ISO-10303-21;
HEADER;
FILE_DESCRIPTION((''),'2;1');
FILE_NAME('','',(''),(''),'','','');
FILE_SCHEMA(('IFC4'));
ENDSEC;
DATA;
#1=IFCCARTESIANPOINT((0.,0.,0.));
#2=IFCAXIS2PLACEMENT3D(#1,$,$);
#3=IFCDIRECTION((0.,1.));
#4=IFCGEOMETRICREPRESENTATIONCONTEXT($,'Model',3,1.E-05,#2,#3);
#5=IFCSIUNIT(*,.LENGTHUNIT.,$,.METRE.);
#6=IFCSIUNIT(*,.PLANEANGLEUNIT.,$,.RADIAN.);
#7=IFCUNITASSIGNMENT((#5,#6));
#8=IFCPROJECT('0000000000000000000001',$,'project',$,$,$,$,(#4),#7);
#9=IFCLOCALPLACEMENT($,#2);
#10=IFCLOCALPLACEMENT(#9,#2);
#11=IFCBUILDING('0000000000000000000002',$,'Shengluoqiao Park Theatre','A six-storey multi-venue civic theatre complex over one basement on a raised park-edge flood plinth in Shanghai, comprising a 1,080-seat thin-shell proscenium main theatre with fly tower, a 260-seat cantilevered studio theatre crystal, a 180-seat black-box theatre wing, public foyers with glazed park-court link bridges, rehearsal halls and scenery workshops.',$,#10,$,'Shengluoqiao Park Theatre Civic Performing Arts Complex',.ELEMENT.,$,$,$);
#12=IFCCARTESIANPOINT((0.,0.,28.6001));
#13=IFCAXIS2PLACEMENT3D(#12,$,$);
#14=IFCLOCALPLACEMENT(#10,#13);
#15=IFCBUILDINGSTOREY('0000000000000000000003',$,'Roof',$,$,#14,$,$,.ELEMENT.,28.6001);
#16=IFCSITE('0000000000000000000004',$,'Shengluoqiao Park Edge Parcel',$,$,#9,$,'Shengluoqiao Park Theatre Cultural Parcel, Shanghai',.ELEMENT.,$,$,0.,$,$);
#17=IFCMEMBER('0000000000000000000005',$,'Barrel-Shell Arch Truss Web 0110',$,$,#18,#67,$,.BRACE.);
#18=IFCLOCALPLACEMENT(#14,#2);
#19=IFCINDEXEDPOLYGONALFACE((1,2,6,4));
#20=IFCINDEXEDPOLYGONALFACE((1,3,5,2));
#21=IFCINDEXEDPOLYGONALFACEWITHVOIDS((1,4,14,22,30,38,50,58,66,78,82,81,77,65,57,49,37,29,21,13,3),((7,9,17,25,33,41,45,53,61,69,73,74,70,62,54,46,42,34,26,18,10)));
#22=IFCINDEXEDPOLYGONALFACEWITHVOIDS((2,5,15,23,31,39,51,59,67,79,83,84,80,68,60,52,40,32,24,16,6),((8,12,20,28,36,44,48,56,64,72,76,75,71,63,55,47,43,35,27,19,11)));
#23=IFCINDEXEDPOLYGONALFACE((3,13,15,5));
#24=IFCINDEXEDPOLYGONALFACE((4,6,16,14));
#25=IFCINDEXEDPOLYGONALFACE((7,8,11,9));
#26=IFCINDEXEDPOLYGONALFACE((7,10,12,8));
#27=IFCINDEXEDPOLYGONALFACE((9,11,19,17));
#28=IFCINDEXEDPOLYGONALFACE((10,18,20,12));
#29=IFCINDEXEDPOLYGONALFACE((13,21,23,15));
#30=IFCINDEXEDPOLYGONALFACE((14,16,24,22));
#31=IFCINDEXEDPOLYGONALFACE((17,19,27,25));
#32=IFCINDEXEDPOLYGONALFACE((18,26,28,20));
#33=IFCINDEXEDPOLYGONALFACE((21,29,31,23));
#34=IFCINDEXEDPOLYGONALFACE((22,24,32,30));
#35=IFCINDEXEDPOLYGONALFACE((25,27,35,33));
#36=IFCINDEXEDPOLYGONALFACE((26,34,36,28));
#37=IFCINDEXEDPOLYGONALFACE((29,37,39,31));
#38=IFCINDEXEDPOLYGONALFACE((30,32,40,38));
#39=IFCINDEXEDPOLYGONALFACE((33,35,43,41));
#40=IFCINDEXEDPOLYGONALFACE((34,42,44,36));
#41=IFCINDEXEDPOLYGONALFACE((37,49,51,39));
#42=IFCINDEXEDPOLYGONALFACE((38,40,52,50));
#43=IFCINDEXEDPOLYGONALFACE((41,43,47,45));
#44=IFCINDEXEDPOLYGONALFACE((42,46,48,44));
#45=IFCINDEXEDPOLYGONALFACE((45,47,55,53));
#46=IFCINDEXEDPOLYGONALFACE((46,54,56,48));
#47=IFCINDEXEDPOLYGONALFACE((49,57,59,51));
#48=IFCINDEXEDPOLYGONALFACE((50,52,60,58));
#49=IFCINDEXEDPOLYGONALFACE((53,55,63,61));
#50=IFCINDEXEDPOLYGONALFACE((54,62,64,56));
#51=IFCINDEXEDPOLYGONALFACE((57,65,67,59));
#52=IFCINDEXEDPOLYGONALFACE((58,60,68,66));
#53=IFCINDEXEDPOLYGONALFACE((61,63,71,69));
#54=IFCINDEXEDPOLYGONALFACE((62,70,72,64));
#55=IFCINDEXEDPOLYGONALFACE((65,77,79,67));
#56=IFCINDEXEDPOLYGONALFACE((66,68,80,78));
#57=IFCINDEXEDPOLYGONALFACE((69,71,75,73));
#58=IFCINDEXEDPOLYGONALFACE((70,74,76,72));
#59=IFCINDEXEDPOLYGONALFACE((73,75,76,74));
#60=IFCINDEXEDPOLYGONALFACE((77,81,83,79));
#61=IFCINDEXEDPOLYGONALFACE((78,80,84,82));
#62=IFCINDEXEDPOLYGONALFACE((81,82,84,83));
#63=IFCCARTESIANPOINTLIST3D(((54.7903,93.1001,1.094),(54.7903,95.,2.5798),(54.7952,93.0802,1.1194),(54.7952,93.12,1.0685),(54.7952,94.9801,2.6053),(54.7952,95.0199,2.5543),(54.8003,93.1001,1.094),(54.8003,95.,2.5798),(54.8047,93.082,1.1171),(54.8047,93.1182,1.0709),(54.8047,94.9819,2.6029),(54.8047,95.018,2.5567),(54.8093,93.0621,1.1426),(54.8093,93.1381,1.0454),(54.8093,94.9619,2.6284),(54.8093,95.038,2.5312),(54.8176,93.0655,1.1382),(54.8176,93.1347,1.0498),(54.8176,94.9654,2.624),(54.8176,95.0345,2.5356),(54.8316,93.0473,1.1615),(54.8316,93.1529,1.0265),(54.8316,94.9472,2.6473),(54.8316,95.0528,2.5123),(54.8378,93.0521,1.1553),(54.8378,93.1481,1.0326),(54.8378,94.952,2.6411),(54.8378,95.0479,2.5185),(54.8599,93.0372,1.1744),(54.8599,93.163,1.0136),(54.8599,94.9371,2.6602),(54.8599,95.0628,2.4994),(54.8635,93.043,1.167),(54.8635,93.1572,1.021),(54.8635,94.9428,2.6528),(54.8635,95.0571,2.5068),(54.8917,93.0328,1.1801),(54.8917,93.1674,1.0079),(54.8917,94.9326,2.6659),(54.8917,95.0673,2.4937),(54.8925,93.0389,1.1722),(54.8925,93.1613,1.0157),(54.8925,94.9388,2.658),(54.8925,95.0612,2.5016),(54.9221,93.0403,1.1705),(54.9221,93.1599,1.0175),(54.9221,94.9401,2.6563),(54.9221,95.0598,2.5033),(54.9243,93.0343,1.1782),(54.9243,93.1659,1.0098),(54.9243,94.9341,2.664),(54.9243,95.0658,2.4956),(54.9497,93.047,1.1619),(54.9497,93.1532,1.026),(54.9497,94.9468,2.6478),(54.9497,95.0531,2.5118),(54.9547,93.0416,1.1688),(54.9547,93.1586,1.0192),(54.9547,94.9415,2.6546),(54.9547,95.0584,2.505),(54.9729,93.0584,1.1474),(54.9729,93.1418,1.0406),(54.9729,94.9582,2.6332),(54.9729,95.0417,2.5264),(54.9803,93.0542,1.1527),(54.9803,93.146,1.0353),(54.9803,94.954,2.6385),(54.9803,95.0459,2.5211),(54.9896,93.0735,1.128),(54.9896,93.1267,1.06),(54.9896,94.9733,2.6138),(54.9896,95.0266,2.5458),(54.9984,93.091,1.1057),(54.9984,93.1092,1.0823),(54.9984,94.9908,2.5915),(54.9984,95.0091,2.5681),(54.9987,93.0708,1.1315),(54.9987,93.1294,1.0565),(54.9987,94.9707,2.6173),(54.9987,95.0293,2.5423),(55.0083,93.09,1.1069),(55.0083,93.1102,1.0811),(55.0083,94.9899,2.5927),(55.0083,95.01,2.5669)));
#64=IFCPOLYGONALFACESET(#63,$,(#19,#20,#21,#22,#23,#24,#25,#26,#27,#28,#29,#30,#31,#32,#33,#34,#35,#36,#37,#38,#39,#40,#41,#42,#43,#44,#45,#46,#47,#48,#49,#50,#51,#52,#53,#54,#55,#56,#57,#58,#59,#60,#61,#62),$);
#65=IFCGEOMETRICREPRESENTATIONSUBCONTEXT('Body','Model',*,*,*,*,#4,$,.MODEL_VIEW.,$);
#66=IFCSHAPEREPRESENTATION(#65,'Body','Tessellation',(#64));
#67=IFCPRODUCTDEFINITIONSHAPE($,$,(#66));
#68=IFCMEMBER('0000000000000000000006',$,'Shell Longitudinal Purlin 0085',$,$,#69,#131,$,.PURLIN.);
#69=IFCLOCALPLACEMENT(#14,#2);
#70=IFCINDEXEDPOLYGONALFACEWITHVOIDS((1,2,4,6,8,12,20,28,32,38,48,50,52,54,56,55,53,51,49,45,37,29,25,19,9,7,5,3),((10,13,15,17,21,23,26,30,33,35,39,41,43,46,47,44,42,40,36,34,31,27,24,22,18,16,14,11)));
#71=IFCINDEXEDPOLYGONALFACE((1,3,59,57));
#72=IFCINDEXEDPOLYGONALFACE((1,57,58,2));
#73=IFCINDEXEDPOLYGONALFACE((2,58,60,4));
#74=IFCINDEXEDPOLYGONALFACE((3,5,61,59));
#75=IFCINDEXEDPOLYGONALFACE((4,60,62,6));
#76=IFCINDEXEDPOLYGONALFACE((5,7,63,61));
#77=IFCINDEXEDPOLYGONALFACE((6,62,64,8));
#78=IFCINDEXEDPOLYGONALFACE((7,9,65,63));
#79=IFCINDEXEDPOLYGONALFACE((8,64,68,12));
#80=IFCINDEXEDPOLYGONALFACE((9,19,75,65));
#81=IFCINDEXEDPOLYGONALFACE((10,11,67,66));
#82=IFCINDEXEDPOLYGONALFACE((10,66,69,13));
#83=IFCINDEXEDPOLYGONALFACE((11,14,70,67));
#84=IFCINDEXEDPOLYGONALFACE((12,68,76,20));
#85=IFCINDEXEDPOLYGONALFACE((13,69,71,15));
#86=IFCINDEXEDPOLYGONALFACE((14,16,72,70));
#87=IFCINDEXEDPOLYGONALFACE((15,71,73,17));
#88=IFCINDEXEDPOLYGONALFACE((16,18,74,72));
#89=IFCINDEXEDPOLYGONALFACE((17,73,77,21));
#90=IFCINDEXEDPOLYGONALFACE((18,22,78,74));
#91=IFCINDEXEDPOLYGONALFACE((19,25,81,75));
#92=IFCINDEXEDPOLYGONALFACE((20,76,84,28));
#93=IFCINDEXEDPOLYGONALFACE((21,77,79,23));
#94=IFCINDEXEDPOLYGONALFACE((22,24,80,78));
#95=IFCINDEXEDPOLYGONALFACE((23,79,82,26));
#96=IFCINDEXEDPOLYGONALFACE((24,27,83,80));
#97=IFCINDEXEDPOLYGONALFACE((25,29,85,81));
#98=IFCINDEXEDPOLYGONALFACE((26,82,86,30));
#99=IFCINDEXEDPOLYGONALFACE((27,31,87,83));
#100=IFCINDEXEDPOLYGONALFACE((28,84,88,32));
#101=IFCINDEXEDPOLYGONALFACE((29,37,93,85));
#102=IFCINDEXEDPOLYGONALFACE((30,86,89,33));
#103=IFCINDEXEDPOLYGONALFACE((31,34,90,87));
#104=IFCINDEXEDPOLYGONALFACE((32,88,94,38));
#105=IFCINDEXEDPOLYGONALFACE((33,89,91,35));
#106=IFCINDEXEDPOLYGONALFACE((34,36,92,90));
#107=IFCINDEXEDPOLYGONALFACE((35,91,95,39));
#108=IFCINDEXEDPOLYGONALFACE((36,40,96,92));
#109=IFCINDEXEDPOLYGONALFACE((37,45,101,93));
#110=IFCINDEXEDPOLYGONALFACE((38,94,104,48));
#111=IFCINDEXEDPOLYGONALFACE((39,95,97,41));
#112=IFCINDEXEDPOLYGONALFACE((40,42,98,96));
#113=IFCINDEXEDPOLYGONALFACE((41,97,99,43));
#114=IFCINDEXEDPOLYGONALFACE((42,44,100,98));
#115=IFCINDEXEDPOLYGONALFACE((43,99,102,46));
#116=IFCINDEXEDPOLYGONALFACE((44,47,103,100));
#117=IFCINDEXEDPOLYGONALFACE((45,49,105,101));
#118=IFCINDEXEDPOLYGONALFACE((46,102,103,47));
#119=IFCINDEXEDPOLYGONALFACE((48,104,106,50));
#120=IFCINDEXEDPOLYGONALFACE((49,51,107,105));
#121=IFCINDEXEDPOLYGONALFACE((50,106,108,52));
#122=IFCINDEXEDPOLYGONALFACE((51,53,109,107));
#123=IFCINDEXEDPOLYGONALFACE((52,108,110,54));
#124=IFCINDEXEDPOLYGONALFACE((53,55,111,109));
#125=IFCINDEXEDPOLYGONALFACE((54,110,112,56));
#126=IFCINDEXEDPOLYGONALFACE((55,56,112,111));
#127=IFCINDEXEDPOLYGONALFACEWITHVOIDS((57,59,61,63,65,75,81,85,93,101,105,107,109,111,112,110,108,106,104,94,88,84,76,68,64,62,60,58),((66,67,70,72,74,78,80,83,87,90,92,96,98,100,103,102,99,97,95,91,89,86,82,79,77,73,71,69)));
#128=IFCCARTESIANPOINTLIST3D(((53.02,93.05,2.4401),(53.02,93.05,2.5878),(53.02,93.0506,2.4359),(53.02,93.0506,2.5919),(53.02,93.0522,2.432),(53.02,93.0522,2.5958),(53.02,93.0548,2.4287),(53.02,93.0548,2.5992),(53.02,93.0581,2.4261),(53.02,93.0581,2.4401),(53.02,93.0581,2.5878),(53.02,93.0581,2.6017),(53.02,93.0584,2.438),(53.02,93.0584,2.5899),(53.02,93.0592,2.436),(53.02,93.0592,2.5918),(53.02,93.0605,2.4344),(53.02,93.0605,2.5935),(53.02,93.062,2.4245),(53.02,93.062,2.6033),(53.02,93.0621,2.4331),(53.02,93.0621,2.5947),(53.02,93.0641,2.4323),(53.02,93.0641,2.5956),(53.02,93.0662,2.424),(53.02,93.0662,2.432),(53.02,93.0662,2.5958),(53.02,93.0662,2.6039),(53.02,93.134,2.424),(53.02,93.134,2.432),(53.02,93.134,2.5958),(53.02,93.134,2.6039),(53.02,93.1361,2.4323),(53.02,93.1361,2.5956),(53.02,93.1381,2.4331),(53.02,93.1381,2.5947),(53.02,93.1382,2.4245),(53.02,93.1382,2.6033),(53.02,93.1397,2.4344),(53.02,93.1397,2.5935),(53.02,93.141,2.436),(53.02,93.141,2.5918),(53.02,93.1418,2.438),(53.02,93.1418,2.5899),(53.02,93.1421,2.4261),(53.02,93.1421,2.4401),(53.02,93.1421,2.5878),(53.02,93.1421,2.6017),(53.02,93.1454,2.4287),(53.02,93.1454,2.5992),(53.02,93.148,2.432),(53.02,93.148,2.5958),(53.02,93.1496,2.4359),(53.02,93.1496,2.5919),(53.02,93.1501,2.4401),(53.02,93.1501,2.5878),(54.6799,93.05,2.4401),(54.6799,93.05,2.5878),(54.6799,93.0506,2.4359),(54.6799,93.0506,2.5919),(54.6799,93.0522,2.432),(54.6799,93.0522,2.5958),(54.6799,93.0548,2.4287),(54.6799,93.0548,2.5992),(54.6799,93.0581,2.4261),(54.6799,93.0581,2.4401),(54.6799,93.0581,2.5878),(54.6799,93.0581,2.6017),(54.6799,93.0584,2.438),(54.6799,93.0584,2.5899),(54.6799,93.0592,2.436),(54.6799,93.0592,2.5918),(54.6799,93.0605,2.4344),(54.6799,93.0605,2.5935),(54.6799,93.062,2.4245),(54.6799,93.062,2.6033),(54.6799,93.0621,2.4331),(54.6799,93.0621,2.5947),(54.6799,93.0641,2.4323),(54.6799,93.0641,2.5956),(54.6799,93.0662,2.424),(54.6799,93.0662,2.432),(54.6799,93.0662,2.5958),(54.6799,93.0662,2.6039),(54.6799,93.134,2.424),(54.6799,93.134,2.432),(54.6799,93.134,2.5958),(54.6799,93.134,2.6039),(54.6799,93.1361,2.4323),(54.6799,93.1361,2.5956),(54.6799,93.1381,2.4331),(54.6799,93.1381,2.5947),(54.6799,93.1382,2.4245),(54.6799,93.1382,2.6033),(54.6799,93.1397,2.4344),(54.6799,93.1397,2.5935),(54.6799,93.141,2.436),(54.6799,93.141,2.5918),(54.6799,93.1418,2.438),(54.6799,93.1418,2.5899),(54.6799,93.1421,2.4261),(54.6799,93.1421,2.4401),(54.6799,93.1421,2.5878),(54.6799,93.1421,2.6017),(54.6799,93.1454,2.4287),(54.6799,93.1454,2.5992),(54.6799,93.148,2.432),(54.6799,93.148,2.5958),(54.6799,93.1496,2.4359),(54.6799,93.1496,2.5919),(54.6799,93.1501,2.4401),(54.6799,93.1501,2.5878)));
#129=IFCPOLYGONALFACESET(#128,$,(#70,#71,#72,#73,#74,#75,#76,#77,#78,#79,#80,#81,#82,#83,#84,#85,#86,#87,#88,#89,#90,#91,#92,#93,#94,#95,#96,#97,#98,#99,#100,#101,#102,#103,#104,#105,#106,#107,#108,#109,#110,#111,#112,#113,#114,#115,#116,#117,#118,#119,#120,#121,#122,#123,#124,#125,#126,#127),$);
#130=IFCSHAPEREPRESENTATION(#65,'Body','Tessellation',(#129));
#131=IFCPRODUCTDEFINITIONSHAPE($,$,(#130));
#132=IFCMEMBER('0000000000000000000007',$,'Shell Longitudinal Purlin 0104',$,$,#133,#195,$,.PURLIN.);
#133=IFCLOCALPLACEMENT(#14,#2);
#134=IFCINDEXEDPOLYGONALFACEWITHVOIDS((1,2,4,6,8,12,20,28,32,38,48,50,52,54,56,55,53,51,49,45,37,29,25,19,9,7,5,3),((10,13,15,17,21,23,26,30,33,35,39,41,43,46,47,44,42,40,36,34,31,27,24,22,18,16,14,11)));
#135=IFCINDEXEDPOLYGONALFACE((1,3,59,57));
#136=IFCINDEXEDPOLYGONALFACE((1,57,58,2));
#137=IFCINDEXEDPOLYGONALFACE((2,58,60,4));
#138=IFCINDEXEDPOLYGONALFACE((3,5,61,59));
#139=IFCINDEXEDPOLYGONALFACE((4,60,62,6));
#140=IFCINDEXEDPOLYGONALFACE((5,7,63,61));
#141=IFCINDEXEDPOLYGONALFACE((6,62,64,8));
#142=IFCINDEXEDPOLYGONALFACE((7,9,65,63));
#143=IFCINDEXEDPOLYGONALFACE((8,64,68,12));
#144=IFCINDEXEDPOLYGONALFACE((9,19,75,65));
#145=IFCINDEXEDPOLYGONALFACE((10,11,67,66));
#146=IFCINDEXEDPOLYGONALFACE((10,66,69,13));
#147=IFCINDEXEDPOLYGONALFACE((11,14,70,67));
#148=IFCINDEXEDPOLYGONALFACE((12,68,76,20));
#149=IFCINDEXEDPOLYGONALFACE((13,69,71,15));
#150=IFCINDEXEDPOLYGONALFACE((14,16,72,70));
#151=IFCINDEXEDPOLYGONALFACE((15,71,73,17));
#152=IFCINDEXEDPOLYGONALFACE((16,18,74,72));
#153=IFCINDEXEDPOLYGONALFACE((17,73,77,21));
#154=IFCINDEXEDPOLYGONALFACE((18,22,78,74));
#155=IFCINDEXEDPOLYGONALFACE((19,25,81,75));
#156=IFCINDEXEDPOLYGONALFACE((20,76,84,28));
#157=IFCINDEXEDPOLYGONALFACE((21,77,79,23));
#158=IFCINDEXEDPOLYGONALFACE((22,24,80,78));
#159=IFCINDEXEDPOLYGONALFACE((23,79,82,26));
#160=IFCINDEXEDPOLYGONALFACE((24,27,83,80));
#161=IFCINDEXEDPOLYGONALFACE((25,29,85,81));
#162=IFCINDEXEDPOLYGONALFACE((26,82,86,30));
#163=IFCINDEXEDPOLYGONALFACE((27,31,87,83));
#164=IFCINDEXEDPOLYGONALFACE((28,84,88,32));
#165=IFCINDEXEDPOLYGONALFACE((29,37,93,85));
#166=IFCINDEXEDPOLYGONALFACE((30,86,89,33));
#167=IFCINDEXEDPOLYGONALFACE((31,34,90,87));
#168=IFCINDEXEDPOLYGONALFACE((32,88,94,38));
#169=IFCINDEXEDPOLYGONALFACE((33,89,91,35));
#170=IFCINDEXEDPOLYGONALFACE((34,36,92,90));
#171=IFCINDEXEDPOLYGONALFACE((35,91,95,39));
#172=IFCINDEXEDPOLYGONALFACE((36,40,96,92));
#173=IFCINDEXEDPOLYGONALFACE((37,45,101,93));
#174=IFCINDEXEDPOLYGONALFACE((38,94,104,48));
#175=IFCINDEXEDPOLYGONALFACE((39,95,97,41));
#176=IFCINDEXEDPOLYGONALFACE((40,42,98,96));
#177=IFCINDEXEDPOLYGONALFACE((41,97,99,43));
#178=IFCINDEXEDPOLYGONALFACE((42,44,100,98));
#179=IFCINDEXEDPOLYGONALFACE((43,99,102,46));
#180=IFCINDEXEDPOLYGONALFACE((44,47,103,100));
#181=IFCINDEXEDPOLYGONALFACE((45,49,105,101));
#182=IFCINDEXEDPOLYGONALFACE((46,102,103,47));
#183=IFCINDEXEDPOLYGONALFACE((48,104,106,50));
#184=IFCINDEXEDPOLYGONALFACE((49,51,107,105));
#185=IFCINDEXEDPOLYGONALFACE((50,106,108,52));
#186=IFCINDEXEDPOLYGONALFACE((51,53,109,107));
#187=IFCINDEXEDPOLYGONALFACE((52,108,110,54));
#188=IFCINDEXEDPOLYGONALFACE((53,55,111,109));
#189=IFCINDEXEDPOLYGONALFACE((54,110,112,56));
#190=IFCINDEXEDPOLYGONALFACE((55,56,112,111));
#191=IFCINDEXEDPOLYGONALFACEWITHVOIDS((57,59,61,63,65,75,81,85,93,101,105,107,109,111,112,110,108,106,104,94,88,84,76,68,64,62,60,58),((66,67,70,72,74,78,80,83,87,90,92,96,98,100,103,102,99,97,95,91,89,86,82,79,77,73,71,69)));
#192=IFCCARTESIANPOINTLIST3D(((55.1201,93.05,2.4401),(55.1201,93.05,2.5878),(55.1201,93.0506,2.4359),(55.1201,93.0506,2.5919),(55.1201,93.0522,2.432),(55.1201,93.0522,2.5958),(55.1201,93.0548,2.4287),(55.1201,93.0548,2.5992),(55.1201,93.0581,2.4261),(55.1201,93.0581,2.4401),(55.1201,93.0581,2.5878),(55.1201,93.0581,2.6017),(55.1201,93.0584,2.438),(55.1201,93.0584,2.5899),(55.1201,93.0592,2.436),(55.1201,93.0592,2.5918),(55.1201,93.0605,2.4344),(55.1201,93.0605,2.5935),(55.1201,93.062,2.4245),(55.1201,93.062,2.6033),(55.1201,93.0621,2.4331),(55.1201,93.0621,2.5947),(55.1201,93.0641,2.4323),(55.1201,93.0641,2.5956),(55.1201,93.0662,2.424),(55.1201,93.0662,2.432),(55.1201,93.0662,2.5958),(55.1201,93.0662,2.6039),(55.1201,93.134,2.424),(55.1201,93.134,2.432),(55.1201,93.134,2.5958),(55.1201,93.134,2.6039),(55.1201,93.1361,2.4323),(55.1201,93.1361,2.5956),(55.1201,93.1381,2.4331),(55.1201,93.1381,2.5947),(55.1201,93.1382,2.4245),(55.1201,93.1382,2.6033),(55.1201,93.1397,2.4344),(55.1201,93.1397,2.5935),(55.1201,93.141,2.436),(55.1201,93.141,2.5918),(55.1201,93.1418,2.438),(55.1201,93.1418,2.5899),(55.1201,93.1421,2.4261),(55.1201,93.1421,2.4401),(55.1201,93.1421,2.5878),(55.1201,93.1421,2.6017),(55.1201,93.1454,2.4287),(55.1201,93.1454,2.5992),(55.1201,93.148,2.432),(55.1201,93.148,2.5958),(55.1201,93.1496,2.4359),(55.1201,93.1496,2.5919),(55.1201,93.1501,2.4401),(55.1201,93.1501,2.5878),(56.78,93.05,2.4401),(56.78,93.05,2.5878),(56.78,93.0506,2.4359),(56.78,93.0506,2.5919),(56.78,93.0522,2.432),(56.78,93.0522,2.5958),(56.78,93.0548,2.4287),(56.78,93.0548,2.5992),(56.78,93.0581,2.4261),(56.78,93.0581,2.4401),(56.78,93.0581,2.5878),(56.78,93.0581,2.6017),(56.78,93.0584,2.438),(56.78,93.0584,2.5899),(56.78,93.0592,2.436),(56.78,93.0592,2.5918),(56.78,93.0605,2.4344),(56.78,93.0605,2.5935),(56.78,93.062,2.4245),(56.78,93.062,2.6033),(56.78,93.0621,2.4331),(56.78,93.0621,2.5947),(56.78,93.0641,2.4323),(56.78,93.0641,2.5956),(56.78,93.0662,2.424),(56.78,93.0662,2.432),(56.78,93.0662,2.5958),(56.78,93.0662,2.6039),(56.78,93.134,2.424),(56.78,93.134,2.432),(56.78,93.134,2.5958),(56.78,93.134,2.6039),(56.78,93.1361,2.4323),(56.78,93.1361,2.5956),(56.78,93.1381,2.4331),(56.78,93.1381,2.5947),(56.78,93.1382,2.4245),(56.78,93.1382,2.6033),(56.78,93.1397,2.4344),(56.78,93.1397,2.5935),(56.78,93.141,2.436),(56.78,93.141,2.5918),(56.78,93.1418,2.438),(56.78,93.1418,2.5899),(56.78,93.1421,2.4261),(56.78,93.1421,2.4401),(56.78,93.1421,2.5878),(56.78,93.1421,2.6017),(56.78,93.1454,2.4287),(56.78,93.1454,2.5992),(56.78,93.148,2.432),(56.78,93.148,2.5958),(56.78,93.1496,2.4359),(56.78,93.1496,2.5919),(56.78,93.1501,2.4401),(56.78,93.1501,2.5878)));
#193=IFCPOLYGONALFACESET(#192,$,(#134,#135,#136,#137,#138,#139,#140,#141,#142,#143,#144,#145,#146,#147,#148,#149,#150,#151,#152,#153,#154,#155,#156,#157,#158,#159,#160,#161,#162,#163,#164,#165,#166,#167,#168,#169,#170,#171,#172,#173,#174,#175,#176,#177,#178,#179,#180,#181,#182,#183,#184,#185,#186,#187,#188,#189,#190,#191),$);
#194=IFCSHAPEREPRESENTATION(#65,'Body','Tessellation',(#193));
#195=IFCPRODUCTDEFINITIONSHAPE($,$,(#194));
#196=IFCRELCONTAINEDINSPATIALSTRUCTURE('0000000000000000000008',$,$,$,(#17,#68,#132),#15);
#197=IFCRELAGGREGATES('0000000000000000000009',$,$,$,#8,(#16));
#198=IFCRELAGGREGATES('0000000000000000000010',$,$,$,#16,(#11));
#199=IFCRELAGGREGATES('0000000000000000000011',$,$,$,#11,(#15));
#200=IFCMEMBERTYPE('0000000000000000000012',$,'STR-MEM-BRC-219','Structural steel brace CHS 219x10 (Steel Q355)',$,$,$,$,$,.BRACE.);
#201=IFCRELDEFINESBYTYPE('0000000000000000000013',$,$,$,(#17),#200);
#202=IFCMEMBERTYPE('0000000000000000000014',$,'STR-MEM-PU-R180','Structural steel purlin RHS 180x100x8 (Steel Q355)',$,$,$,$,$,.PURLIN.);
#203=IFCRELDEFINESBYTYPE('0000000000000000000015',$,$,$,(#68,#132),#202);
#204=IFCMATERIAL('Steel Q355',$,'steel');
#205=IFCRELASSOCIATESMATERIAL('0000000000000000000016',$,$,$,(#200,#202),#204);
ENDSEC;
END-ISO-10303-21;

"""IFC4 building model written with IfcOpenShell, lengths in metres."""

from ifc_helpers import new_model, si_unit, direction, frame, origin, origin_2d, place, context, subcontext, project, spatial, hollow_rectangle, hollow_circle, extrude, material, material_profile, profile_set, type_object, element, save


model = new_model("IFC4")

# Units and contexts
model_context = context("Model", 3, precision=1e-05, world=origin(), true_north=direction((0.0, 1.0)))
body_context = subcontext(model_context, "Body", "Model", "MODEL_VIEW")
ifc_project = project(units=[si_unit("LENGTHUNIT", "METRE"), si_unit("PLANEANGLEUNIT", "RADIAN")], contexts=[model_context])

# Site, building, storey
site_placement = place(None, origin())
site = spatial("IfcSite", under=ifc_project, at=site_placement, Name="Shengluoqiao Park Edge Parcel", LongName="Shengluoqiao Park Theatre Cultural Parcel, Shanghai", CompositionType="ELEMENT", RefElevation=0.0)
building_placement = place(site_placement, origin())
building = spatial("IfcBuilding", under=site, at=building_placement, Name="Shengluoqiao Park Theatre", Description="A six-storey multi-venue civic theatre complex over one basement on a raised park-edge flood plinth in Shanghai, comprising a 1,080-seat thin-shell proscenium main theatre with fly tower, a 260-seat cantilevered studio theatre crystal, a 180-seat black-box theatre wing, public foyers with glazed park-court link bridges, rehearsal halls and scenery workshops.", LongName="Shengluoqiao Park Theatre Civic Performing Arts Complex", CompositionType="ELEMENT")
storey_placement = place(building_placement, frame((0.0, 0.0, 28.6001)))
storey = spatial("IfcBuildingStorey", under=building, at=storey_placement, Name="Roof", CompositionType="ELEMENT", Elevation=28.6001)

# Shared definitions
ifc_material_1 = material(Name="Steel Q355", Category="steel")

# Members
ifc_material_profile_1 = material_profile(ifc_material_1, hollow_circle(Radius=0.1096, WallThickness=0.01, at=origin_2d()), Name="CHS 219x10")
ifc_profile_set_1 = profile_set([ifc_material_profile_1], Name="Steel Q355")
member_type_1 = type_object("IfcMemberType", Name="STR-MEM-BRC-219", Description="Structural steel brace CHS 219x10 (Steel Q355)", PredefinedType="BRACE", material=ifc_profile_set_1)
member_1_placement = place(storey_placement, frame((54.8999, 93.1001, 1.094), z_axis=(0.0, 0.787714, 0.616041), x_axis=(-1.0, 0.0, 0.0)))
element("IfcMember", 1, at=member_1_placement, inside=storey, type_object=member_type_1, Name="Barrel-Shell Arch Truss Web 0110", PredefinedType="BRACE", context=body_context, shape_type="SweptSolid", body=[
    extrude(hollow_circle(Radius=0.1096, WallThickness=0.01, at=origin_2d()), origin(), (0.0, 0.0, 1.0), 2.4119),
])
ifc_material_profile_2 = material_profile(ifc_material_1, hollow_rectangle(XDim=0.1001, YDim=0.1799, WallThickness=0.0081, InnerFilletRadius=0.0081, OuterFilletRadius=0.0161, at=origin_2d()), Name="RHS 180x100x8")
ifc_profile_set_2 = profile_set([ifc_material_profile_2], Name="Steel Q355")
member_type_2 = type_object("IfcMemberType", Name="STR-MEM-PU-R180", Description="Structural steel purlin RHS 180x100x8 (Steel Q355)", PredefinedType="PURLIN", material=ifc_profile_set_2)
for number, where, z_axis, x_axis, name in (
    (2, (53.02, 93.1001, 2.5139), (1.0, 0.0, 0.0), (0.0, 1.0, 0.0), "Shell Longitudinal Purlin 0085"),
    (3, (55.1201, 93.1001, 2.5139), (1.0, 0.0, 0.0), (0.0, 1.0, 0.0), "Shell Longitudinal Purlin 0104"),
):
    element("IfcMember", number, at=place(storey_placement, frame(where, z_axis=z_axis, x_axis=x_axis)), inside=storey, type_object=member_type_2, Name=name, PredefinedType="PURLIN", context=body_context, shape_type="SweptSolid", body=[
        extrude(hollow_rectangle(XDim=0.1001, YDim=0.1799, WallThickness=0.0081, InnerFilletRadius=0.0081, OuterFilletRadius=0.0161, at=origin_2d()), origin(), (0.0, 0.0, 1.0), 1.6599),
    ])

save(model, "model.ifc")
